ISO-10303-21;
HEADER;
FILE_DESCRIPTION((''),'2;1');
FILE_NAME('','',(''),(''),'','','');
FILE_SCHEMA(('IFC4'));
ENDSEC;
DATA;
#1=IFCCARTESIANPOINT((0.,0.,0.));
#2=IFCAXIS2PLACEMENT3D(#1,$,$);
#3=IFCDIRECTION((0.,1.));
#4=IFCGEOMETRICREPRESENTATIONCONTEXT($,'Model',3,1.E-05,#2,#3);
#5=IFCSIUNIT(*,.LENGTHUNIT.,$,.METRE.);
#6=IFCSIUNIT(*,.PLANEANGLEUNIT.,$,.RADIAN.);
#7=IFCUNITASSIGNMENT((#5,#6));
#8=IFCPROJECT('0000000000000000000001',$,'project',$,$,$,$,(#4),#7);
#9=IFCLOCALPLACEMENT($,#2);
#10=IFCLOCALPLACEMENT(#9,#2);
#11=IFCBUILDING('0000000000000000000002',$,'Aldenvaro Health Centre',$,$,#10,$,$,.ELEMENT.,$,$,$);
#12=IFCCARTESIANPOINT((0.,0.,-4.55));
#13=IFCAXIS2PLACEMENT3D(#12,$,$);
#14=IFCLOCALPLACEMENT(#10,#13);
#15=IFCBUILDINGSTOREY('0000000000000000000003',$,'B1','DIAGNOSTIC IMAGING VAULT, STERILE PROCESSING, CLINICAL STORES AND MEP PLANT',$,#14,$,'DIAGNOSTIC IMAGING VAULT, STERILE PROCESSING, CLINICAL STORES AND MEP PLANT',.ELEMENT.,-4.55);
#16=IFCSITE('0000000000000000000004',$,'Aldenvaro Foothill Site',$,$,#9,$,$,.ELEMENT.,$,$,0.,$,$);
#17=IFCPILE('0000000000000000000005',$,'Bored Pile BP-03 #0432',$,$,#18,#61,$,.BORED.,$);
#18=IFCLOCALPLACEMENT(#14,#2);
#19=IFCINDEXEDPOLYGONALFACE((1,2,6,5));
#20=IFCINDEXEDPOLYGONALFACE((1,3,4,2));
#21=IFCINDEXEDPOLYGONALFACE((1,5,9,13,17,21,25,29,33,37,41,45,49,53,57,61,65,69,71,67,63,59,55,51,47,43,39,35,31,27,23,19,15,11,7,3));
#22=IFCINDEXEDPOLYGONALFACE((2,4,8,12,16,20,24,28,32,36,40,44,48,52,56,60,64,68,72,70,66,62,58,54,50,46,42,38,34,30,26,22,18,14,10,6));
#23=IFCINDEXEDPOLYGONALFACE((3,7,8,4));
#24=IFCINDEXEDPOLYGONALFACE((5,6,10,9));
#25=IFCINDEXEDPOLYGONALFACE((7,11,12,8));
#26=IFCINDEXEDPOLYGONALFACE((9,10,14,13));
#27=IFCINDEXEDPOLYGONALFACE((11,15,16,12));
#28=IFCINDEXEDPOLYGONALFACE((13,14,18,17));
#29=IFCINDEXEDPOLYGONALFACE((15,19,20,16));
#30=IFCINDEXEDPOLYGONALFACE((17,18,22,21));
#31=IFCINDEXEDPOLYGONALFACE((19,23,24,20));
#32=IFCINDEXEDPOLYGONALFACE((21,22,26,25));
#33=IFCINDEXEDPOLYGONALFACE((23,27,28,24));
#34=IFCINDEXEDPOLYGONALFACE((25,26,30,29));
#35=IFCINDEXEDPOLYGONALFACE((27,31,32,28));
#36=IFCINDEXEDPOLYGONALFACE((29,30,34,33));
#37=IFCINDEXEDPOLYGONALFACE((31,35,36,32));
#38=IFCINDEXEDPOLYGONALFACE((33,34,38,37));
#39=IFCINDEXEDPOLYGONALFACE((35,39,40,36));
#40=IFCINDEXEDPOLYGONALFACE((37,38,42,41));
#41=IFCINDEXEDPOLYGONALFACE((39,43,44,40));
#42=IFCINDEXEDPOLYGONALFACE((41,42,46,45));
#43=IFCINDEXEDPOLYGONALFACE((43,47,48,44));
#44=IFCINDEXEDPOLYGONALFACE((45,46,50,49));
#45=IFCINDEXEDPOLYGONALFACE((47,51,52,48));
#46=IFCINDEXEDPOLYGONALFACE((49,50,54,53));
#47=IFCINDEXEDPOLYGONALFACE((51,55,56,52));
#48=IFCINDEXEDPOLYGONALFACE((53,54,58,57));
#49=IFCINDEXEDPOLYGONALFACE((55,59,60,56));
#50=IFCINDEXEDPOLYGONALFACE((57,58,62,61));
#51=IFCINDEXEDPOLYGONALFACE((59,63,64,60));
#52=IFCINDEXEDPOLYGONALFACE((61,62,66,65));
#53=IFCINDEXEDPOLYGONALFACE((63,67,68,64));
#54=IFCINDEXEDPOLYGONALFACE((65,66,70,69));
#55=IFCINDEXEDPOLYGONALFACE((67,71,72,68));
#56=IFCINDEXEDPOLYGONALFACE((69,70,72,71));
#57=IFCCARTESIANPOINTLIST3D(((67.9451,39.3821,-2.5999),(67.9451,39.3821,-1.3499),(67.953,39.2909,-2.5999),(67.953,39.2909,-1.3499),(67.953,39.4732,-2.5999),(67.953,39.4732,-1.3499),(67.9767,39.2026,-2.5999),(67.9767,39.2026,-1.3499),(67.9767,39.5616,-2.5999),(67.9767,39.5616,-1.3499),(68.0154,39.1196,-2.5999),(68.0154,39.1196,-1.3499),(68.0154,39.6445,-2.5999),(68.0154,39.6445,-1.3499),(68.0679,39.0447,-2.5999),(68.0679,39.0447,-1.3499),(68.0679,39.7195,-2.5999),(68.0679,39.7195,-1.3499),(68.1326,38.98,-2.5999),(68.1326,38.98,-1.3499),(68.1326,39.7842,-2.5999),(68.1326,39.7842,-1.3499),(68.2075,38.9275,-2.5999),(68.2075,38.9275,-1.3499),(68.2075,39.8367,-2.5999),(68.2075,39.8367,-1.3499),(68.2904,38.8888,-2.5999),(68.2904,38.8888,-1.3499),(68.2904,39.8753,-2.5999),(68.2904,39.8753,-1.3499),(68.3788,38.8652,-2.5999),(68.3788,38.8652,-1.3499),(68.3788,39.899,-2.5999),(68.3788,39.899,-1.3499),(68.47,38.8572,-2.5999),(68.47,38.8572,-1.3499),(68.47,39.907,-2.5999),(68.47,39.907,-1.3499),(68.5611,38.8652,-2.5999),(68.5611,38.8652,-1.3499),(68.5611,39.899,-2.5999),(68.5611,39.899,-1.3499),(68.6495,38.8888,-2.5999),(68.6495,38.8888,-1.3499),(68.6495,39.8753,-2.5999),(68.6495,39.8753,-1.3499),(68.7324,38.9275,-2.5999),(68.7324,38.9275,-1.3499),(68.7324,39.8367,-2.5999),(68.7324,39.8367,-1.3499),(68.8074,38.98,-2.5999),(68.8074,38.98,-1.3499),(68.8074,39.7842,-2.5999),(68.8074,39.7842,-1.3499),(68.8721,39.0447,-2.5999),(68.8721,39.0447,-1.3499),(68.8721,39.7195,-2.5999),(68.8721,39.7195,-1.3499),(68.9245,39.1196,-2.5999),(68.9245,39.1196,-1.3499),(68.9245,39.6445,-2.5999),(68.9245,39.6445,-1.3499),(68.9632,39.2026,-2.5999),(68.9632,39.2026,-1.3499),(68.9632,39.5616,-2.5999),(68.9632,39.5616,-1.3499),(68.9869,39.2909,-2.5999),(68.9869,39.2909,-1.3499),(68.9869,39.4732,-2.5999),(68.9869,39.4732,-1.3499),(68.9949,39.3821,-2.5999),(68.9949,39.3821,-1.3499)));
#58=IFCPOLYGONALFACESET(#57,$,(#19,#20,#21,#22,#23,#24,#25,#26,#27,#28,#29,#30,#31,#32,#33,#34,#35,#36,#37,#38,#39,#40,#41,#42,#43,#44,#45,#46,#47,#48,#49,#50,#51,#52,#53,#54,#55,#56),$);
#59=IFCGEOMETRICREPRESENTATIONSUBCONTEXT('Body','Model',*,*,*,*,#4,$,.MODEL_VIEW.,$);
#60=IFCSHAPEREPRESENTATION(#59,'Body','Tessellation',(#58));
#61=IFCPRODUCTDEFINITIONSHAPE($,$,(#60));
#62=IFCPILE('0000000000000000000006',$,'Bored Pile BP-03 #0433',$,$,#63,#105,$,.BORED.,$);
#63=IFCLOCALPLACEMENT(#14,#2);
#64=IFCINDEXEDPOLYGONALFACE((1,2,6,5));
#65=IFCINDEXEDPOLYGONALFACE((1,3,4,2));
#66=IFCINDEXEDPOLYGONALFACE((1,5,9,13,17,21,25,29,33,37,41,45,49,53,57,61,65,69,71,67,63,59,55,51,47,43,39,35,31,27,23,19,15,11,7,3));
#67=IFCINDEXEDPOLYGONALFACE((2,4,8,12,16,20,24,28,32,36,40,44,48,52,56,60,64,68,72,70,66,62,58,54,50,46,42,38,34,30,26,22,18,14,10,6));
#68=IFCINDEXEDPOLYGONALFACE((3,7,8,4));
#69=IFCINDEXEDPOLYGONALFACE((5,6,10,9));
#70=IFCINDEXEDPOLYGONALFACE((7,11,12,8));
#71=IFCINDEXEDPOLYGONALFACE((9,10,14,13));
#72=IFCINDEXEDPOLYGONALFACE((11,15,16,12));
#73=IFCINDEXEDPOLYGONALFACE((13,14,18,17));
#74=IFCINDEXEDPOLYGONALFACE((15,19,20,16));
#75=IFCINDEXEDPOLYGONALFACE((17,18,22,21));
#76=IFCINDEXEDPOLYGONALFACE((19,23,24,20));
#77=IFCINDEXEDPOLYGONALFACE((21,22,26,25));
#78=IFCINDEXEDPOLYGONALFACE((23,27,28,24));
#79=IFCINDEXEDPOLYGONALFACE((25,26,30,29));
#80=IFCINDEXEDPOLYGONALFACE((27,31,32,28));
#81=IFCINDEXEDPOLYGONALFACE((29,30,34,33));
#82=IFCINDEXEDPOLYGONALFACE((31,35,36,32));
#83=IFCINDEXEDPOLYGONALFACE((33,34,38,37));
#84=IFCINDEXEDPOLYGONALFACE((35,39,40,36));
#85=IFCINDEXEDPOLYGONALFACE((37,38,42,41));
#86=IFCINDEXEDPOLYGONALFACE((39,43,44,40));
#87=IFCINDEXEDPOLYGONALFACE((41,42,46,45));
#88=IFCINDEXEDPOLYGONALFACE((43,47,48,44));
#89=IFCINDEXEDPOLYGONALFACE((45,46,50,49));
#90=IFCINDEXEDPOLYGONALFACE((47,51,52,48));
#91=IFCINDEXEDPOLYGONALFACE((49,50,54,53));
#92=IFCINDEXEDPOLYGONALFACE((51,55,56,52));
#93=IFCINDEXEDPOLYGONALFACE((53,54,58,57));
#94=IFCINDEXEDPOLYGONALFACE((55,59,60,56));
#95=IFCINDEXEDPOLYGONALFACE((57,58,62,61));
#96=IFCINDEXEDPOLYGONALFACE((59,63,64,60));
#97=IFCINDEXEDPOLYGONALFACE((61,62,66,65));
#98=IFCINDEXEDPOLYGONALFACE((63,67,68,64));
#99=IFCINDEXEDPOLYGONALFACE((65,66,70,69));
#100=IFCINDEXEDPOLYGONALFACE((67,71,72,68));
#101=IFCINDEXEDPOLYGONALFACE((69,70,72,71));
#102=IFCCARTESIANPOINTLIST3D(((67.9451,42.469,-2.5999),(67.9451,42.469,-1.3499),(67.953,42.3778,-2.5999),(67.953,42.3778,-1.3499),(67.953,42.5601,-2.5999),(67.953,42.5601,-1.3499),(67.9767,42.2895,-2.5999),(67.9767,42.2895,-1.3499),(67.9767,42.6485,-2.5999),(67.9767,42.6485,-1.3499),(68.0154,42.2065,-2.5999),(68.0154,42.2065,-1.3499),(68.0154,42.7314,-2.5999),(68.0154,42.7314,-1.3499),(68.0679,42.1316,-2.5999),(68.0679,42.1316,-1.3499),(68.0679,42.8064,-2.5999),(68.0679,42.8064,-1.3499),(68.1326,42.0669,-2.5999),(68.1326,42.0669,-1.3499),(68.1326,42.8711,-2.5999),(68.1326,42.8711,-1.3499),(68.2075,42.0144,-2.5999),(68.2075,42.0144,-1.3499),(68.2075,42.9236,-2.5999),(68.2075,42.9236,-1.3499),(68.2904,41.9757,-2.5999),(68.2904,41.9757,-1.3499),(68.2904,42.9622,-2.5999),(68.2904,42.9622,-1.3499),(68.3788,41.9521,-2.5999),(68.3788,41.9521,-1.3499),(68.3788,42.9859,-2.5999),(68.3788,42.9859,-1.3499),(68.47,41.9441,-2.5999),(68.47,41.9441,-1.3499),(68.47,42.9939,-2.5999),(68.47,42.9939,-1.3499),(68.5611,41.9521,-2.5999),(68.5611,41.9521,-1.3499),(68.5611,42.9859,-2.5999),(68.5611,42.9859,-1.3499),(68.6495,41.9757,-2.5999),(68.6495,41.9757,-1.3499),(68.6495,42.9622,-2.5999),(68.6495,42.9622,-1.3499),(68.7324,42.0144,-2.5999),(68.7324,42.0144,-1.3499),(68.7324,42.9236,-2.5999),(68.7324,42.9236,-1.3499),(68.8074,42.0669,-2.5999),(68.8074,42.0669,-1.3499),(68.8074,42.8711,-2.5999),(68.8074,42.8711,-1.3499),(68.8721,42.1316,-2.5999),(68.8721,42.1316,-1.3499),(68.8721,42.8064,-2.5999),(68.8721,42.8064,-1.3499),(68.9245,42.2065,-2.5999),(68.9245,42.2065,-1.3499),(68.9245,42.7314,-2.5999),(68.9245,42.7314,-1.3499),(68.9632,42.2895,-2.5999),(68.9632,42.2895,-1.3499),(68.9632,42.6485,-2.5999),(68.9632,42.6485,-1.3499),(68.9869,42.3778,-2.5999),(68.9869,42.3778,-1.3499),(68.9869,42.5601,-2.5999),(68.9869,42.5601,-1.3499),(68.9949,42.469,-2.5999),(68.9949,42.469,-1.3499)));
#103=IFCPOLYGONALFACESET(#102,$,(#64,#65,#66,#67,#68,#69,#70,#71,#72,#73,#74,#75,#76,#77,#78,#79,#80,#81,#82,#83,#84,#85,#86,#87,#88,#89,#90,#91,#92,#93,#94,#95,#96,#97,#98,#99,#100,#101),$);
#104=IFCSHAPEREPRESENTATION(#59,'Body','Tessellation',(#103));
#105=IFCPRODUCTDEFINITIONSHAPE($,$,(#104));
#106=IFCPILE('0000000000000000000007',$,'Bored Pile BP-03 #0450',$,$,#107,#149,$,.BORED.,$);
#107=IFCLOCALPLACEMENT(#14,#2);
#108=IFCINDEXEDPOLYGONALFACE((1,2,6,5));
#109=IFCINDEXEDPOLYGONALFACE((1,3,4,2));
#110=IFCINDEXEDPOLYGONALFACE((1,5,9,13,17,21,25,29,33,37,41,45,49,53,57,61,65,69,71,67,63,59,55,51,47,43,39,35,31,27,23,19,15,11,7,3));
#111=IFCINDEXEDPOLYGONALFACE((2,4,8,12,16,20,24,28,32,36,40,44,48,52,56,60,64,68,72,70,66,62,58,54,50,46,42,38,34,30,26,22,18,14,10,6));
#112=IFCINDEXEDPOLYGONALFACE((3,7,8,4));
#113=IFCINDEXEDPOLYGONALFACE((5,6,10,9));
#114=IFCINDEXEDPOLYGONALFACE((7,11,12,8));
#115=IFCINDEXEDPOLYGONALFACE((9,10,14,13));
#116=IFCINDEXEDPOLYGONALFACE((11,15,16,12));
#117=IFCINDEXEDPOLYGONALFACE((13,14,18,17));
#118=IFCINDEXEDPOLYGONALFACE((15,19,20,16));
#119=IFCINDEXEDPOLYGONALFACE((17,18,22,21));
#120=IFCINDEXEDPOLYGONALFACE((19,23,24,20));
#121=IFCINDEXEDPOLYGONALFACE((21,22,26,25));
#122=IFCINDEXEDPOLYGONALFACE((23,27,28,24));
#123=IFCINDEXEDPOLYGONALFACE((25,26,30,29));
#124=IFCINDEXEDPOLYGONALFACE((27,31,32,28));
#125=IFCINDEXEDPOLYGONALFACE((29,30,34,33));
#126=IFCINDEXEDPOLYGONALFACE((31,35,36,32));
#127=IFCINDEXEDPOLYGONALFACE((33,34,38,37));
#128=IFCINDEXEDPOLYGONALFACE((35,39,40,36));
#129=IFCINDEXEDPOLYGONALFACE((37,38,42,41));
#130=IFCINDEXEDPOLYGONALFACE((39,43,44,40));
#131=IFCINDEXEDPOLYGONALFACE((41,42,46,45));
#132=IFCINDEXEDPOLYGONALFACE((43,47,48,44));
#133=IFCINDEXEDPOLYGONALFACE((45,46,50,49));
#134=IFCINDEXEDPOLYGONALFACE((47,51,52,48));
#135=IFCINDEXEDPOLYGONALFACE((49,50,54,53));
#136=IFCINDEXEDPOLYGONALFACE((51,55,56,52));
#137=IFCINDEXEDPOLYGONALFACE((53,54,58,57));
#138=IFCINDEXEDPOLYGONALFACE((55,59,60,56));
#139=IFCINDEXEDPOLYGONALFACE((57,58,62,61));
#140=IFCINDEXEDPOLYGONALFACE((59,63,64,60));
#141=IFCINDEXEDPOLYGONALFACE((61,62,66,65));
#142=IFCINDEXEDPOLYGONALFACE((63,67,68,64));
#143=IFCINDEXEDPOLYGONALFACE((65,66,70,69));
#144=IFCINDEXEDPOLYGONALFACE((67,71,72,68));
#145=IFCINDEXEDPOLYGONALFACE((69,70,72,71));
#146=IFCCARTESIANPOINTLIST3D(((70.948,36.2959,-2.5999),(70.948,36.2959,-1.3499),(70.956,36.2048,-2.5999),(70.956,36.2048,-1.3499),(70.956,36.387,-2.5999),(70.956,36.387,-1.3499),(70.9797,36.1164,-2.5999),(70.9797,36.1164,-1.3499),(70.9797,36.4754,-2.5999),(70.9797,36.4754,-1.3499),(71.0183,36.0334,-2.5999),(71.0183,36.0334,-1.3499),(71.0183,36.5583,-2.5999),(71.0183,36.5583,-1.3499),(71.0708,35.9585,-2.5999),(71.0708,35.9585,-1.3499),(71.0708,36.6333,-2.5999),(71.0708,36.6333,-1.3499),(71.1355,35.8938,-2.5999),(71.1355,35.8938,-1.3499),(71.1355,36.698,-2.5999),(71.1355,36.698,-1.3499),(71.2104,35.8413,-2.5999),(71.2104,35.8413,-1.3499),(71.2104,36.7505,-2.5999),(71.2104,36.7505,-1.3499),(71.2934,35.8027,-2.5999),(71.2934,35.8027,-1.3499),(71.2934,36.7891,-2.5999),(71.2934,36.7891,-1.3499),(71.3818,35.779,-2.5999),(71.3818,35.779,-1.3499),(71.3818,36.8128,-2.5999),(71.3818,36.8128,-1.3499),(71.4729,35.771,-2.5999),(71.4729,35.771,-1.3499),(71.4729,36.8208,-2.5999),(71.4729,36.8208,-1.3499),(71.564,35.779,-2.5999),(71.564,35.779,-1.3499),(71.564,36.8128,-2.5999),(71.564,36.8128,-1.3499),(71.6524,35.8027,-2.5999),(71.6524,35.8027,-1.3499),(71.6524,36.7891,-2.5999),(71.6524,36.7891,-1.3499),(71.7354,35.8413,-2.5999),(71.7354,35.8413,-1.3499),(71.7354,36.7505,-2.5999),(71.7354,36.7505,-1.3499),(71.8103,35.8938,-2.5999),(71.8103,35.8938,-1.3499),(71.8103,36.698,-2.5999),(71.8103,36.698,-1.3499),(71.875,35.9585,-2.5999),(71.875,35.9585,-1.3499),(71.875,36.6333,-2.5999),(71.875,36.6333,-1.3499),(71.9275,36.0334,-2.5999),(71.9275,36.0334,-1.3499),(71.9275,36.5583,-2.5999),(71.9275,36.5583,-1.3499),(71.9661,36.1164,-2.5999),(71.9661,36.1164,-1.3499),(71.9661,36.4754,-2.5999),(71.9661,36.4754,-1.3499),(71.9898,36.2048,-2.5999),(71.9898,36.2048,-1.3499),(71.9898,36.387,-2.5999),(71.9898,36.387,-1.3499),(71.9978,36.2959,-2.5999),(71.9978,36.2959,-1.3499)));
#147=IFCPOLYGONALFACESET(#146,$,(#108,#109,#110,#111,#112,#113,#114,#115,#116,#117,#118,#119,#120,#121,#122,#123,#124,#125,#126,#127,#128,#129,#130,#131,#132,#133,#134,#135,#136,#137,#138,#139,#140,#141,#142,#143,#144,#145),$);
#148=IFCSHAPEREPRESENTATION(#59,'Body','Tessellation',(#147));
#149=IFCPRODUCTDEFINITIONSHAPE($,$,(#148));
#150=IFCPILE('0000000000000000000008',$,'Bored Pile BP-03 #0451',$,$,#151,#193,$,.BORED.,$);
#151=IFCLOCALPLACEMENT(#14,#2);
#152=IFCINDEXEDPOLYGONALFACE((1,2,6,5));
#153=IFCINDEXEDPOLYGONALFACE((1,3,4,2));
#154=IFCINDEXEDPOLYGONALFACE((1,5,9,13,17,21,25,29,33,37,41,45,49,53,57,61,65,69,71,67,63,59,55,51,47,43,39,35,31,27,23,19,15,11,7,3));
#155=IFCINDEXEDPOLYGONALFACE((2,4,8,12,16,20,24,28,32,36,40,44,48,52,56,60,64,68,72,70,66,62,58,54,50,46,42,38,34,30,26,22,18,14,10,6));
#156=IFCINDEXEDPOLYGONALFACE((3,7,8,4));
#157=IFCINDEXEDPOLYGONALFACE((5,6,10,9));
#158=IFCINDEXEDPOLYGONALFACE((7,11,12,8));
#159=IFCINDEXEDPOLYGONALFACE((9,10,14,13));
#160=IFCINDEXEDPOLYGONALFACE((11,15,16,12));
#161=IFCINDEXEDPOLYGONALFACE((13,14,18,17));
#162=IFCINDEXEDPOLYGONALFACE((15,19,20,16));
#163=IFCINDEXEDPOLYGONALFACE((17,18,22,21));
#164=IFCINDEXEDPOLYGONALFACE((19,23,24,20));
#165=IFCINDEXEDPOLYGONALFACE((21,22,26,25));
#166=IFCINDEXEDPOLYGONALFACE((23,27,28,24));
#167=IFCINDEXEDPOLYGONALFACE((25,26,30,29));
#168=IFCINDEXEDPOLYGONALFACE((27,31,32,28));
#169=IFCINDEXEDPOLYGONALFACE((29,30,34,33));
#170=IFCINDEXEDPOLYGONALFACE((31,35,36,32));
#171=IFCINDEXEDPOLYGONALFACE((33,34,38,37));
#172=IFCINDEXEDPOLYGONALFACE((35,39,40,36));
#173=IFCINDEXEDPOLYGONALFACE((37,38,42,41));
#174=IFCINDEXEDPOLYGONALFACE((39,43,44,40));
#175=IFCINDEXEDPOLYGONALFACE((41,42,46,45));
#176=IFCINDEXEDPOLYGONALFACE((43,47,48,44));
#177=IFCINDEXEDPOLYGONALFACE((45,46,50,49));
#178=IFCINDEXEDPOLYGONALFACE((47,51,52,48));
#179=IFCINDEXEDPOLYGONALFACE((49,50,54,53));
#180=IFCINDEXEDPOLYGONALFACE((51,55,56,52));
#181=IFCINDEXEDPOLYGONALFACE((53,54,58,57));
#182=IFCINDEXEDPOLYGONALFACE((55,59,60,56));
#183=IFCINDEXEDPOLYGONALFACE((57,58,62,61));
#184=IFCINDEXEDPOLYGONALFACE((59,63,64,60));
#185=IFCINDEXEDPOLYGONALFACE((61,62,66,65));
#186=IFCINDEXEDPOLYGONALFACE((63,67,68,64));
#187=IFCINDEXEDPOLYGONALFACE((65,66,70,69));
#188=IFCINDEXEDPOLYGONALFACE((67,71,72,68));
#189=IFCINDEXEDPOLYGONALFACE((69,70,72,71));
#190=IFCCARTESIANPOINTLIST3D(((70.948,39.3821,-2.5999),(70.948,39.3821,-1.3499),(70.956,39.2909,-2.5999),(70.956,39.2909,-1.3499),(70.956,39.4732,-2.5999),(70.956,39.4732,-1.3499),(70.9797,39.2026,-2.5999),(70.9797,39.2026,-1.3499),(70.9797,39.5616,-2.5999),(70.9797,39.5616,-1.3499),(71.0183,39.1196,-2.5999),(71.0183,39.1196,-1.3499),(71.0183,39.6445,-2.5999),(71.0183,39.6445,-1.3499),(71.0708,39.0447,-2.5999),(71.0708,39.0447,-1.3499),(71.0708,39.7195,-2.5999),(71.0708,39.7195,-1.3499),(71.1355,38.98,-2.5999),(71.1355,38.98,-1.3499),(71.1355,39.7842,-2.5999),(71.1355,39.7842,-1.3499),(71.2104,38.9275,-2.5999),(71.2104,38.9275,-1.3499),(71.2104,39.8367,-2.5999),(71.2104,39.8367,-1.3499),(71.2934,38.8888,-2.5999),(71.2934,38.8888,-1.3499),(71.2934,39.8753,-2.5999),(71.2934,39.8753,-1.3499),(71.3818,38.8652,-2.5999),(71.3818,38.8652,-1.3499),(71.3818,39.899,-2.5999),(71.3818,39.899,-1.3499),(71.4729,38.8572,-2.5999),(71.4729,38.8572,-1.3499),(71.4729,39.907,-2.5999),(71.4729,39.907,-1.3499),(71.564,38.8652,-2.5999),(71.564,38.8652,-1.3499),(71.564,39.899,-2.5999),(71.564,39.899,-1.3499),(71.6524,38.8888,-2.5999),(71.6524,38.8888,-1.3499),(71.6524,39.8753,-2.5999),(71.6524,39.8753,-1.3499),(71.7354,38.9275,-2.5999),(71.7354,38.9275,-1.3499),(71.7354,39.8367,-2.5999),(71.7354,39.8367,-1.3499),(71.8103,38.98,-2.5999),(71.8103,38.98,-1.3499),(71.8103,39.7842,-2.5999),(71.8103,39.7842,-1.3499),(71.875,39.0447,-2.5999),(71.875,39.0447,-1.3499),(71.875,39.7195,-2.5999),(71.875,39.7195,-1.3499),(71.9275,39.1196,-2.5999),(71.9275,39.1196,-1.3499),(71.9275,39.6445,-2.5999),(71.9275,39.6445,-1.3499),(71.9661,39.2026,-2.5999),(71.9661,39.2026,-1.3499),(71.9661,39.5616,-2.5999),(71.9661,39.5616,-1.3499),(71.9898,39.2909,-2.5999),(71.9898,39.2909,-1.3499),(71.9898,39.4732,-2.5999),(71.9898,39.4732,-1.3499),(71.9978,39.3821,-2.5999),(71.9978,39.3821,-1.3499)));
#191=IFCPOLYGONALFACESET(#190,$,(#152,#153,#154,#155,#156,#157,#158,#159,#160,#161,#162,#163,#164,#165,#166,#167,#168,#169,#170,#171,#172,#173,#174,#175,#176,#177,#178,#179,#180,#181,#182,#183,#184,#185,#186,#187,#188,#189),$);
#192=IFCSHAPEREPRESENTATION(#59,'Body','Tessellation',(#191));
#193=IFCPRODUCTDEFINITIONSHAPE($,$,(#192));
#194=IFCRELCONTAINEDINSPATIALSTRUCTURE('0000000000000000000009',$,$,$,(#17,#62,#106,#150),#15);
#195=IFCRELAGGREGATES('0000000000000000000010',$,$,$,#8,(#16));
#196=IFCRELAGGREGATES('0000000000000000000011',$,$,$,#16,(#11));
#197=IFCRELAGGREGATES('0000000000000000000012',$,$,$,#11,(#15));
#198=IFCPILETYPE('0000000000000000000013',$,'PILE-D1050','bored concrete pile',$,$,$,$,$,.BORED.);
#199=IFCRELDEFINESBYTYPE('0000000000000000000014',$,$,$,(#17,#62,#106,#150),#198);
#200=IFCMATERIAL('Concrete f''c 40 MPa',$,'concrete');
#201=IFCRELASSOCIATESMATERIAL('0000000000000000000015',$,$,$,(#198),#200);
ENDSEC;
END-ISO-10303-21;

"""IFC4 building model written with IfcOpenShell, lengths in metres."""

from ifc_helpers import new_model, si_unit, direction, frame, origin, origin_2d, place, context, subcontext, project, spatial, circle, extrude, material, material_profile, profile_set, type_object, element, save


model = new_model("IFC4")

# Units and contexts
model_context = context("Model", 3, precision=1e-05, world=origin(), true_north=direction((0.0, 1.0)))
body_context = subcontext(model_context, "Body", "Model", "MODEL_VIEW")
ifc_project = project(units=[si_unit("LENGTHUNIT", "METRE"), si_unit("PLANEANGLEUNIT", "RADIAN")], contexts=[model_context])

# Site, building, storey
site_placement = place(None, origin())
site = spatial("IfcSite", under=ifc_project, at=site_placement, Name="Aldenvaro Foothill Site", CompositionType="ELEMENT", RefElevation=0.0)
building_placement = place(site_placement, origin())
building = spatial("IfcBuilding", under=site, at=building_placement, Name="Aldenvaro Health Centre", CompositionType="ELEMENT")
storey_placement = place(building_placement, frame((0.0, 0.0, -4.55)))
storey = spatial("IfcBuildingStorey", under=building, at=storey_placement, Name="B1", Description="DIAGNOSTIC IMAGING VAULT, STERILE PROCESSING, CLINICAL STORES AND MEP PLANT", LongName="DIAGNOSTIC IMAGING VAULT, STERILE PROCESSING, CLINICAL STORES AND MEP PLANT", CompositionType="ELEMENT", Elevation=-4.55)

# Piles
ifc_material = material(Name="Concrete f'c 40 MPa", Category="concrete")
ifc_material_profile_1 = material_profile(ifc_material, circle(Radius=0.5249, at=origin_2d()), Name="PILE D1050", Category="concrete")
ifc_profile_set_1 = profile_set([ifc_material_profile_1], Name="Concrete f'c 40 MPa")
pile_type = type_object("IfcPileType", Name="PILE-D1050", Description="bored concrete pile", PredefinedType="BORED", material=ifc_profile_set_1)
for number, where, z_axis, x_axis, name in (
    (1, (68.47, 39.3821, -1.3499), (0.0, 0.0, -1.0), (1.0, 0.0, 0.0), "Bored Pile BP-03 #0432"),
    (2, (68.47, 42.469, -1.3499), (0.0, 0.0, -1.0), (1.0, 0.0, 0.0), "Bored Pile BP-03 #0433"),
    (3, (71.4729, 36.2959, -1.3499), (0.0, 0.0, -1.0), (1.0, 0.0, 0.0), "Bored Pile BP-03 #0450"),
    (4, (71.4729, 39.3821, -1.3499), (0.0, 0.0, -1.0), (1.0, 0.0, 0.0), "Bored Pile BP-03 #0451"),
):
    element("IfcPile", number, at=place(storey_placement, frame(where, z_axis=z_axis, x_axis=x_axis)), inside=storey, type_object=pile_type, Name=name, PredefinedType="BORED", context=body_context, shape_type="SweptSolid", body=[
        extrude(circle(Radius=0.5249, at=origin_2d()), origin(), (0.0, 0.0, 1.0), 1.25),
    ])

save(model, "model.ifc")
